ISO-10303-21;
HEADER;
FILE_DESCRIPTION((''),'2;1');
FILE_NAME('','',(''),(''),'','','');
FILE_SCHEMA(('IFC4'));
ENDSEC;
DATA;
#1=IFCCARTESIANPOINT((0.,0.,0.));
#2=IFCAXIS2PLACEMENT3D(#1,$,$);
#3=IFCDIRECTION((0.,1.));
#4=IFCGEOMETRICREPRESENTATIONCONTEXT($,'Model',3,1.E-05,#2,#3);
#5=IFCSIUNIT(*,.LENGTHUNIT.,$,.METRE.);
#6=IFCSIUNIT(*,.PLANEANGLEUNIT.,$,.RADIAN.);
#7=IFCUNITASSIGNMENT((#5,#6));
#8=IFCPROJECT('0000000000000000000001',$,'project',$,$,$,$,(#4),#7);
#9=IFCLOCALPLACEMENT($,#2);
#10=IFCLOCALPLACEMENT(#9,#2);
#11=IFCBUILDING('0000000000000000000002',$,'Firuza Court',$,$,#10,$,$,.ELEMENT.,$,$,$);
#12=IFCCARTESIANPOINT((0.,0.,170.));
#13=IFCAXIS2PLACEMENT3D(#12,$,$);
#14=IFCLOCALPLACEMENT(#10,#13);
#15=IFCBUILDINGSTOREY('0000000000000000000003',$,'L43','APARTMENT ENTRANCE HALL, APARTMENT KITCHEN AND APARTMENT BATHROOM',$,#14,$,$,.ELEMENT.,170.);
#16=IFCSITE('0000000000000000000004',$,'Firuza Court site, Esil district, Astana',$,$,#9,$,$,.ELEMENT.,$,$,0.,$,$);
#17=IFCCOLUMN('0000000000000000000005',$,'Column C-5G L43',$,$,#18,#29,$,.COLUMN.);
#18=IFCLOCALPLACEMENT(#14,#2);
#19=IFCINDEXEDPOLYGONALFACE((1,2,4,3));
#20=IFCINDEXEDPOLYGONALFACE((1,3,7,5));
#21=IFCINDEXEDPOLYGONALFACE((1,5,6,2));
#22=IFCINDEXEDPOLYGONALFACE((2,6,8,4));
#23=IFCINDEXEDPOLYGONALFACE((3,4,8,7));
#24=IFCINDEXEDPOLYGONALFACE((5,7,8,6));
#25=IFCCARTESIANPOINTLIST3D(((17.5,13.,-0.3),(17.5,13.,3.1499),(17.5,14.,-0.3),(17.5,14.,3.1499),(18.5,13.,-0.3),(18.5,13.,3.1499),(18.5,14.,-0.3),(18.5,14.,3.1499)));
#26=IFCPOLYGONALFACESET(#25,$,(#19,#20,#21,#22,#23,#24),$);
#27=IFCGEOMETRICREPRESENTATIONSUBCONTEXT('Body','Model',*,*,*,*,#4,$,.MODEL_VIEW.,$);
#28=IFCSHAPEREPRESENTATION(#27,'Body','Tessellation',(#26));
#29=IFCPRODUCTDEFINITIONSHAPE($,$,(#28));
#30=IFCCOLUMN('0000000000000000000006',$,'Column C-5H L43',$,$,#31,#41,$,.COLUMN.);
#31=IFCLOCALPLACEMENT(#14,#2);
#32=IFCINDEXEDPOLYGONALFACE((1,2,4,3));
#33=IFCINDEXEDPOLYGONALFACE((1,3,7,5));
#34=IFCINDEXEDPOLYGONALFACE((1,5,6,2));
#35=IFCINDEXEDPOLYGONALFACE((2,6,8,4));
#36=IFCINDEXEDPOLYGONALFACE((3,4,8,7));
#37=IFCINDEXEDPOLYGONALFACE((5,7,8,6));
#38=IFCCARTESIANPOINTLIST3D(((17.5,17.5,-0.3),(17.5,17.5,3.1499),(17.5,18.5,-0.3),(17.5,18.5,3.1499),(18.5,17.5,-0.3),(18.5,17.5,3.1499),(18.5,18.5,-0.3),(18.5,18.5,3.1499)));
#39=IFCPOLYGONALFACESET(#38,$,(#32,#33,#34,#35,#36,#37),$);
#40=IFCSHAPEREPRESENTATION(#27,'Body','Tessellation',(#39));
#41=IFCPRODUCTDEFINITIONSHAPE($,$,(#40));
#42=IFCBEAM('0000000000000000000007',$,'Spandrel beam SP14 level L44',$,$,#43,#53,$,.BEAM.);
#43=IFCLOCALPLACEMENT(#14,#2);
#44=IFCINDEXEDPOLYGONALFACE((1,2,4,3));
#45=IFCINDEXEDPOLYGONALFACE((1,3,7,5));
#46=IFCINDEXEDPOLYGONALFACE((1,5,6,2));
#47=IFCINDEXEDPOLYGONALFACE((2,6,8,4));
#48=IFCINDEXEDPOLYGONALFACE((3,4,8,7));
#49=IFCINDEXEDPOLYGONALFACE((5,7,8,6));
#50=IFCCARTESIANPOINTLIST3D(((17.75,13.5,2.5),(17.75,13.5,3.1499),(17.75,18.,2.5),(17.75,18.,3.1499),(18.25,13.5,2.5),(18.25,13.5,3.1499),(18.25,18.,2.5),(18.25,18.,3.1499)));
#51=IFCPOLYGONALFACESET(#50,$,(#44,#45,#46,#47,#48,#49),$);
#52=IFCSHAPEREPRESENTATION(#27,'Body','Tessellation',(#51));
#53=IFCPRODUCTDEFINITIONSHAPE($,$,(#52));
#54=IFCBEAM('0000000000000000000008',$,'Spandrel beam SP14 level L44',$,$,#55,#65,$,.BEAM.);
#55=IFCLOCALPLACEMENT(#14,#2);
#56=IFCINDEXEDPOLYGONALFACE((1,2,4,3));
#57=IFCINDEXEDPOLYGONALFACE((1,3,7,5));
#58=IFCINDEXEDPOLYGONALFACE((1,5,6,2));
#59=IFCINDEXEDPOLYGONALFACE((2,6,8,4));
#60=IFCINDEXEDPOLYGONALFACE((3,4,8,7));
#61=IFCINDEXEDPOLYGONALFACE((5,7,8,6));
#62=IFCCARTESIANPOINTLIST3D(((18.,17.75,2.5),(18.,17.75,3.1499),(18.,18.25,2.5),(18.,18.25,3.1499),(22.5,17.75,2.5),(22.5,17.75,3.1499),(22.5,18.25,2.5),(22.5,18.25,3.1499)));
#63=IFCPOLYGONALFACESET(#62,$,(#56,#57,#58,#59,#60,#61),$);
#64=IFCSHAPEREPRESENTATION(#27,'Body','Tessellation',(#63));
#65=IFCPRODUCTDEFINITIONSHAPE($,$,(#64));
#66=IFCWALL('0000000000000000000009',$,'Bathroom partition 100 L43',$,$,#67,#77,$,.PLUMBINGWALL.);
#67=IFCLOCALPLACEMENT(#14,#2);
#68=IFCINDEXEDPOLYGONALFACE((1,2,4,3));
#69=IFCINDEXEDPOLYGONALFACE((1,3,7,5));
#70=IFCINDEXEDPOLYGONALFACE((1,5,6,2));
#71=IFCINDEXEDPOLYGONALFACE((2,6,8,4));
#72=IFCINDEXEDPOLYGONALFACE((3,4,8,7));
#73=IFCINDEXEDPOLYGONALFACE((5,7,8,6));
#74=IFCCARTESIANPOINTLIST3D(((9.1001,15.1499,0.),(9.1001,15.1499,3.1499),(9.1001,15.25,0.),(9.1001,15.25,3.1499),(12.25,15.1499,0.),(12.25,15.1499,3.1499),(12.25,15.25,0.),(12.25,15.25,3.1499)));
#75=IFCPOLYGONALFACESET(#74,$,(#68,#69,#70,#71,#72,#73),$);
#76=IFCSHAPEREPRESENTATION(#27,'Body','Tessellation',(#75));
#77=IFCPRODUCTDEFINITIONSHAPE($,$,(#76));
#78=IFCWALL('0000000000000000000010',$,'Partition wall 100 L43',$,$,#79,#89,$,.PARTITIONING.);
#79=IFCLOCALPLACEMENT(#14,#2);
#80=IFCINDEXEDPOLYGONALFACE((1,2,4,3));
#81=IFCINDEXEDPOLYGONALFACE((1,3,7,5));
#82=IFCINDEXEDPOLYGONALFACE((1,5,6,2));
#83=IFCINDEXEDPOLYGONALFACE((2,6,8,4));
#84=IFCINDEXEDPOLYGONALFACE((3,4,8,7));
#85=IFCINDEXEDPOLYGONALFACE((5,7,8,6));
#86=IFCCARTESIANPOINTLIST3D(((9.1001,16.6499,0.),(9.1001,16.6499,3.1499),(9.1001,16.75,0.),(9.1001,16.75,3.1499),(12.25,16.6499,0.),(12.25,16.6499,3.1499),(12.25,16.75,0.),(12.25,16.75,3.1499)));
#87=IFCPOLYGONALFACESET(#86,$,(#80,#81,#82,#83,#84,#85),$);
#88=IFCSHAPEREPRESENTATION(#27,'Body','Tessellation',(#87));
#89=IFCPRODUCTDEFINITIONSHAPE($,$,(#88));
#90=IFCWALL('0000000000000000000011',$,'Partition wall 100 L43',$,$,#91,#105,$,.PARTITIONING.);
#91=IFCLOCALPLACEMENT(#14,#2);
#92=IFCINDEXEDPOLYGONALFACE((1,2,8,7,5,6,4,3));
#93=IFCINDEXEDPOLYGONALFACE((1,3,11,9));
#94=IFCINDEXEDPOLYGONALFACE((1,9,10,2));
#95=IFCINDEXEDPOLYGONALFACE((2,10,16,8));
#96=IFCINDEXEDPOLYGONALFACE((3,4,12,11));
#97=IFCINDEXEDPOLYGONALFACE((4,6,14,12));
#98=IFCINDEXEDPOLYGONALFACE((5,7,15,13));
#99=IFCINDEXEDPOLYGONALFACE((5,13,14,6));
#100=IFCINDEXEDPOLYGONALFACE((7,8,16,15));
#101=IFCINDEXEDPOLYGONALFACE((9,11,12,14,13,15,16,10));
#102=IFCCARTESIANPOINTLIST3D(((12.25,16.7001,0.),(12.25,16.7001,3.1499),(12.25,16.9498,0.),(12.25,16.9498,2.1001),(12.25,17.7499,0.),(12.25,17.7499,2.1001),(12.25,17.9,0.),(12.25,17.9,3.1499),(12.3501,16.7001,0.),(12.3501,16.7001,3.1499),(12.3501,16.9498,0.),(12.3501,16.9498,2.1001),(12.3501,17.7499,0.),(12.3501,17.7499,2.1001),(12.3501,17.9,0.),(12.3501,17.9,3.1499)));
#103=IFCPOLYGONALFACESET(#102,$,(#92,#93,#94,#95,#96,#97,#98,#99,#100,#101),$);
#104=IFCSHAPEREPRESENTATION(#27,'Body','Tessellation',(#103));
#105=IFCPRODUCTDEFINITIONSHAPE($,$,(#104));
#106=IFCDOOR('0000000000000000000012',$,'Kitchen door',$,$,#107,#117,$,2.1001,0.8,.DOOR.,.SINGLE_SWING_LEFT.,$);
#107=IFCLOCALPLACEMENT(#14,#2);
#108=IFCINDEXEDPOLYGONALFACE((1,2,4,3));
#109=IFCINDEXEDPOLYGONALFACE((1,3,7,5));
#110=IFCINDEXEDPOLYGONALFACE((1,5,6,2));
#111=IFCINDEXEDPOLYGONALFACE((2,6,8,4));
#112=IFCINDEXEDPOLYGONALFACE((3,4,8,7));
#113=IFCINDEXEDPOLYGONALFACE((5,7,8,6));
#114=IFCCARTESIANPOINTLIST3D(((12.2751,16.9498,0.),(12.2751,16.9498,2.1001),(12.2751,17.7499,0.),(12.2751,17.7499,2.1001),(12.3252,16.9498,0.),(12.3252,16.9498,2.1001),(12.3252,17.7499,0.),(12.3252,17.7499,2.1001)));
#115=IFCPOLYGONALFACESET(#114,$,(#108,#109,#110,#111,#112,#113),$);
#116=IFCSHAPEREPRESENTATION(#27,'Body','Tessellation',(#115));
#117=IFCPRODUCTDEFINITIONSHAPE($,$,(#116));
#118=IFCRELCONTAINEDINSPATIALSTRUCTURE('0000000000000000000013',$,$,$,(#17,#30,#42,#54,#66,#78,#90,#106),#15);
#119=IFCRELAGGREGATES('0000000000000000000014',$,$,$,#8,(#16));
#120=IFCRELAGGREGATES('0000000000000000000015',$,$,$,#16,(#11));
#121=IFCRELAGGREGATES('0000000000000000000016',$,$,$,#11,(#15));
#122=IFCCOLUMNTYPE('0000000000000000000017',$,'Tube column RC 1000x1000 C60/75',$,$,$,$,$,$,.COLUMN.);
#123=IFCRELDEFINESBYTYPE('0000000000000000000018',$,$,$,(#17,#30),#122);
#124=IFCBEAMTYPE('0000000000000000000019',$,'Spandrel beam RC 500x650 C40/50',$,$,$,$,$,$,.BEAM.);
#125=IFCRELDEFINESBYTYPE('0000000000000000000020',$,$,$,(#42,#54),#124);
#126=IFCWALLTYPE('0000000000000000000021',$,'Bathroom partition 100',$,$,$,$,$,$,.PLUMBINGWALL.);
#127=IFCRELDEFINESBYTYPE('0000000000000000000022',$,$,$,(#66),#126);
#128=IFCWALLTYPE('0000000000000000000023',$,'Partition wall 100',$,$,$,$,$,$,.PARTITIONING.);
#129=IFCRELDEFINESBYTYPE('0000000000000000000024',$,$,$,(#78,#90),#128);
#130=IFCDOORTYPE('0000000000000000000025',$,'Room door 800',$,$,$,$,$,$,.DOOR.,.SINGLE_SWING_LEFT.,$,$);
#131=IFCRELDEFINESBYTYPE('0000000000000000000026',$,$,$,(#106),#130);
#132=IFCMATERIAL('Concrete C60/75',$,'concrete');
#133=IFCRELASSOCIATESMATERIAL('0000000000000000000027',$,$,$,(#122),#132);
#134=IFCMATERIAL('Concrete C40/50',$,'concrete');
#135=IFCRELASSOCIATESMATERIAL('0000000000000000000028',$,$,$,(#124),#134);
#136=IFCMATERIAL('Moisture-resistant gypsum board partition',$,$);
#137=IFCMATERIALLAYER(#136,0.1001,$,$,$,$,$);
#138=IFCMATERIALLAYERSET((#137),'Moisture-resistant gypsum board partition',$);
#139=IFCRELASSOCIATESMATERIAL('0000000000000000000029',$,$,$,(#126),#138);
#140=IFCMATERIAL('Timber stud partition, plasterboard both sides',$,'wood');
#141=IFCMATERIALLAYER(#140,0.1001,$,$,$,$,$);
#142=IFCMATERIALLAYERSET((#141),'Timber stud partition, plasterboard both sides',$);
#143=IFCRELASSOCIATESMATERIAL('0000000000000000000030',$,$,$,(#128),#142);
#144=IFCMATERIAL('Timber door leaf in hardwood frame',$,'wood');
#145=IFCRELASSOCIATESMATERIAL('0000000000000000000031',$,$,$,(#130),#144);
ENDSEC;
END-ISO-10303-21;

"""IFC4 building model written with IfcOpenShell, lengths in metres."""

from ifc_helpers import new_model, si_unit, direction, frame, frame_2d, origin, origin_2d, place, context, subcontext, project, spatial, rectangle, extrude, material, layer, layer_set, material_profile, profile_set, type_object, element, fill, save


model = new_model("IFC4")

# Units and contexts
model_context = context("Model", 3, precision=1e-05, world=origin(), true_north=direction((0.0, 1.0)))
body_context = subcontext(model_context, "Body", "Model", "MODEL_VIEW")
ifc_project = project(units=[si_unit("LENGTHUNIT", "METRE"), si_unit("PLANEANGLEUNIT", "RADIAN")], contexts=[model_context])

# Site, building, storey
site_placement = place(None, origin())
site = spatial("IfcSite", under=ifc_project, at=site_placement, Name="Firuza Court site, Esil district, Astana", CompositionType="ELEMENT", RefElevation=0.0)
building_placement = place(site_placement, origin())
building = spatial("IfcBuilding", under=site, at=building_placement, Name="Firuza Court", CompositionType="ELEMENT")
storey_placement = place(building_placement, frame((0.0, 0.0, 170.0)))
storey = spatial("IfcBuildingStorey", under=building, at=storey_placement, Name="L43", Description="APARTMENT ENTRANCE HALL, APARTMENT KITCHEN AND APARTMENT BATHROOM", CompositionType="ELEMENT", Elevation=170.0)

# Columns
ifc_material_1 = material(Name="Concrete C60/75", Category="concrete")
ifc_material_profile_1 = material_profile(ifc_material_1, rectangle(XDim=1.0, YDim=1.0, at=origin_2d()), Name="RC 1000x1000")
ifc_profile_set_1 = profile_set([ifc_material_profile_1], Name="Concrete C60/75")
column_type = type_object("IfcColumnType", Name="Tube column RC 1000x1000 C60/75", PredefinedType="COLUMN", material=ifc_profile_set_1)
for number, where, z_axis, x_axis, name in (
    (1, (18.0, 13.5, -0.3), (0.0, 0.0, 1.0), (1.0, 0.0, 0.0), "Column C-5G L43"),
    (2, (18.0, 18.0, -0.3), (0.0, 0.0, 1.0), (1.0, 0.0, 0.0), "Column C-5H L43"),
):
    element("IfcColumn", number, at=place(storey_placement, frame(where, z_axis=z_axis, x_axis=x_axis)), inside=storey, type_object=column_type, Name=name, PredefinedType="COLUMN", context=body_context, shape_type="SweptSolid", body=[
        extrude(rectangle(XDim=1.0, YDim=1.0, at=origin_2d()), origin(), (0.0, 0.0, 1.0), 3.45),
    ])

# Beams
ifc_material_2 = material(Name="Concrete C40/50", Category="concrete")
ifc_material_profile_2 = material_profile(ifc_material_2, rectangle(XDim=0.5, YDim=0.6499, at=origin_2d()), Name="RC 500x650")
ifc_profile_set_2 = profile_set([ifc_material_profile_2], Name="Concrete C40/50")
beam_type = type_object("IfcBeamType", Name="Spandrel beam RC 500x650 C40/50", PredefinedType="BEAM", material=ifc_profile_set_2)
for number, where, z_axis, x_axis, name in (
    (3, (18.0, 13.5, 2.825), (0.0, 1.0, 0.0), (-1.0, 0.0, 0.0), "Spandrel beam SP14 level L44"),
    (4, (18.0, 18.0, 2.825), (1.0, 0.0, 0.0), (0.0, 1.0, 0.0), "Spandrel beam SP14 level L44"),
):
    element("IfcBeam", number, at=place(storey_placement, frame(where, z_axis=z_axis, x_axis=x_axis)), inside=storey, type_object=beam_type, Name=name, PredefinedType="BEAM", context=body_context, shape_type="SweptSolid", body=[
        extrude(rectangle(XDim=0.5, YDim=0.6499, at=origin_2d()), origin(), (0.0, 0.0, 1.0), 4.5),
    ])

# Walls
ifc_material_3 = material(Name="Moisture-resistant gypsum board partition")
ifc_layer_1 = layer(ifc_material_3, 0.1001)
ifc_layer_set_1 = layer_set([ifc_layer_1], Name="Moisture-resistant gypsum board partition")
wall_type_1 = type_object("IfcWallType", Name="Bathroom partition 100", PredefinedType="PLUMBINGWALL", material=ifc_layer_set_1)
wall_1_placement = place(storey_placement, frame((9.1001, 15.2, 0.0), z_axis=(0.0, 0.0, 1.0), x_axis=(1.0, 0.0, 0.0)))
element("IfcWall", 5, at=wall_1_placement, inside=storey, type_object=wall_type_1, Name="Bathroom partition 100 L43", PredefinedType="PLUMBINGWALL", context=body_context, shape_type="SweptSolid", body=[
    extrude(rectangle(XDim=3.1499, YDim=0.1001, at=frame_2d((1.575, 0.0))), origin(), (0.0, 0.0, 1.0), 3.1499),
])
ifc_material_4 = material(Name="Timber stud partition, plasterboard both sides", Category="wood")
ifc_layer_2 = layer(ifc_material_4, 0.1001)
ifc_layer_set_2 = layer_set([ifc_layer_2], Name="Timber stud partition, plasterboard both sides")
wall_type_2 = type_object("IfcWallType", Name="Partition wall 100", PredefinedType="PARTITIONING", material=ifc_layer_set_2)
wall_2_placement = place(storey_placement, frame((9.1001, 16.7, 0.0), z_axis=(0.0, 0.0, 1.0), x_axis=(1.0, 0.0, 0.0)))
element("IfcWall", 6, at=wall_2_placement, inside=storey, type_object=wall_type_2, Name="Partition wall 100 L43", PredefinedType="PARTITIONING", context=body_context, shape_type="SweptSolid", body=[
    extrude(rectangle(XDim=3.1499, YDim=0.1001, at=frame_2d((1.575, 0.0))), origin(), (0.0, 0.0, 1.0), 3.1499),
])

# Wall, opening, door
wall_3_placement = place(storey_placement, frame((12.3, 16.7, 0.0), z_axis=(0.0, 0.0, 1.0), x_axis=(0.0, 1.0, 0.0)))
wall_3 = element("IfcWall", 7, at=wall_3_placement, inside=storey, type_object=wall_type_2, Name="Partition wall 100 L43", PredefinedType="PARTITIONING", context=body_context, shape_type="SweptSolid", body=[
    extrude(rectangle(XDim=1.2, YDim=0.1001, at=frame_2d((0.6001, 0.0))), origin(), (0.0, 0.0, 1.0), 3.1499),
])
opening_1_placement = place(wall_3_placement, frame((0.25, 0.0, 0.0)))
opening_1 = element("IfcOpeningElement", 8, at=opening_1_placement, cuts=wall_3, PredefinedType="OPENING", context=body_context, shape_type="SweptSolid", body=[
    extrude(rectangle(XDim=0.8, YDim=2.1001, at=frame_2d((0.3999, 1.05))), frame((0.0, 0.062, 0.0), z_axis=(0.0, -1.0, 0.0), x_axis=(1.0, 0.0, 0.0)), (0.0, 0.0, 1.0), 0.124),
])
ifc_material_5 = material(Name="Timber door leaf in hardwood frame", Category="wood")
door_type_1 = type_object("IfcDoorType", Name="Room door 800", OperationType="SINGLE_SWING_LEFT", PredefinedType="DOOR", material=ifc_material_5)
door_1_placement = place(opening_1_placement, origin())
door_1 = element("IfcDoor", 9, at=door_1_placement, inside=storey, type_object=door_type_1, Name="Kitchen door", OperationType="SINGLE_SWING_LEFT", OverallHeight=2.1001, OverallWidth=0.8, PredefinedType="DOOR", context=body_context, shape_type="SweptSolid", body=[
    extrude(rectangle(XDim=0.8, YDim=2.1001, at=frame_2d((0.3999, 1.05))), frame((0.0, 0.0249, 0.0), z_axis=(0.0, -1.0, 0.0), x_axis=(1.0, 0.0, 0.0)), (0.0, 0.0, 1.0), 0.05),
])
fill(opening_1, door_1)

save(model, "model.ifc")
